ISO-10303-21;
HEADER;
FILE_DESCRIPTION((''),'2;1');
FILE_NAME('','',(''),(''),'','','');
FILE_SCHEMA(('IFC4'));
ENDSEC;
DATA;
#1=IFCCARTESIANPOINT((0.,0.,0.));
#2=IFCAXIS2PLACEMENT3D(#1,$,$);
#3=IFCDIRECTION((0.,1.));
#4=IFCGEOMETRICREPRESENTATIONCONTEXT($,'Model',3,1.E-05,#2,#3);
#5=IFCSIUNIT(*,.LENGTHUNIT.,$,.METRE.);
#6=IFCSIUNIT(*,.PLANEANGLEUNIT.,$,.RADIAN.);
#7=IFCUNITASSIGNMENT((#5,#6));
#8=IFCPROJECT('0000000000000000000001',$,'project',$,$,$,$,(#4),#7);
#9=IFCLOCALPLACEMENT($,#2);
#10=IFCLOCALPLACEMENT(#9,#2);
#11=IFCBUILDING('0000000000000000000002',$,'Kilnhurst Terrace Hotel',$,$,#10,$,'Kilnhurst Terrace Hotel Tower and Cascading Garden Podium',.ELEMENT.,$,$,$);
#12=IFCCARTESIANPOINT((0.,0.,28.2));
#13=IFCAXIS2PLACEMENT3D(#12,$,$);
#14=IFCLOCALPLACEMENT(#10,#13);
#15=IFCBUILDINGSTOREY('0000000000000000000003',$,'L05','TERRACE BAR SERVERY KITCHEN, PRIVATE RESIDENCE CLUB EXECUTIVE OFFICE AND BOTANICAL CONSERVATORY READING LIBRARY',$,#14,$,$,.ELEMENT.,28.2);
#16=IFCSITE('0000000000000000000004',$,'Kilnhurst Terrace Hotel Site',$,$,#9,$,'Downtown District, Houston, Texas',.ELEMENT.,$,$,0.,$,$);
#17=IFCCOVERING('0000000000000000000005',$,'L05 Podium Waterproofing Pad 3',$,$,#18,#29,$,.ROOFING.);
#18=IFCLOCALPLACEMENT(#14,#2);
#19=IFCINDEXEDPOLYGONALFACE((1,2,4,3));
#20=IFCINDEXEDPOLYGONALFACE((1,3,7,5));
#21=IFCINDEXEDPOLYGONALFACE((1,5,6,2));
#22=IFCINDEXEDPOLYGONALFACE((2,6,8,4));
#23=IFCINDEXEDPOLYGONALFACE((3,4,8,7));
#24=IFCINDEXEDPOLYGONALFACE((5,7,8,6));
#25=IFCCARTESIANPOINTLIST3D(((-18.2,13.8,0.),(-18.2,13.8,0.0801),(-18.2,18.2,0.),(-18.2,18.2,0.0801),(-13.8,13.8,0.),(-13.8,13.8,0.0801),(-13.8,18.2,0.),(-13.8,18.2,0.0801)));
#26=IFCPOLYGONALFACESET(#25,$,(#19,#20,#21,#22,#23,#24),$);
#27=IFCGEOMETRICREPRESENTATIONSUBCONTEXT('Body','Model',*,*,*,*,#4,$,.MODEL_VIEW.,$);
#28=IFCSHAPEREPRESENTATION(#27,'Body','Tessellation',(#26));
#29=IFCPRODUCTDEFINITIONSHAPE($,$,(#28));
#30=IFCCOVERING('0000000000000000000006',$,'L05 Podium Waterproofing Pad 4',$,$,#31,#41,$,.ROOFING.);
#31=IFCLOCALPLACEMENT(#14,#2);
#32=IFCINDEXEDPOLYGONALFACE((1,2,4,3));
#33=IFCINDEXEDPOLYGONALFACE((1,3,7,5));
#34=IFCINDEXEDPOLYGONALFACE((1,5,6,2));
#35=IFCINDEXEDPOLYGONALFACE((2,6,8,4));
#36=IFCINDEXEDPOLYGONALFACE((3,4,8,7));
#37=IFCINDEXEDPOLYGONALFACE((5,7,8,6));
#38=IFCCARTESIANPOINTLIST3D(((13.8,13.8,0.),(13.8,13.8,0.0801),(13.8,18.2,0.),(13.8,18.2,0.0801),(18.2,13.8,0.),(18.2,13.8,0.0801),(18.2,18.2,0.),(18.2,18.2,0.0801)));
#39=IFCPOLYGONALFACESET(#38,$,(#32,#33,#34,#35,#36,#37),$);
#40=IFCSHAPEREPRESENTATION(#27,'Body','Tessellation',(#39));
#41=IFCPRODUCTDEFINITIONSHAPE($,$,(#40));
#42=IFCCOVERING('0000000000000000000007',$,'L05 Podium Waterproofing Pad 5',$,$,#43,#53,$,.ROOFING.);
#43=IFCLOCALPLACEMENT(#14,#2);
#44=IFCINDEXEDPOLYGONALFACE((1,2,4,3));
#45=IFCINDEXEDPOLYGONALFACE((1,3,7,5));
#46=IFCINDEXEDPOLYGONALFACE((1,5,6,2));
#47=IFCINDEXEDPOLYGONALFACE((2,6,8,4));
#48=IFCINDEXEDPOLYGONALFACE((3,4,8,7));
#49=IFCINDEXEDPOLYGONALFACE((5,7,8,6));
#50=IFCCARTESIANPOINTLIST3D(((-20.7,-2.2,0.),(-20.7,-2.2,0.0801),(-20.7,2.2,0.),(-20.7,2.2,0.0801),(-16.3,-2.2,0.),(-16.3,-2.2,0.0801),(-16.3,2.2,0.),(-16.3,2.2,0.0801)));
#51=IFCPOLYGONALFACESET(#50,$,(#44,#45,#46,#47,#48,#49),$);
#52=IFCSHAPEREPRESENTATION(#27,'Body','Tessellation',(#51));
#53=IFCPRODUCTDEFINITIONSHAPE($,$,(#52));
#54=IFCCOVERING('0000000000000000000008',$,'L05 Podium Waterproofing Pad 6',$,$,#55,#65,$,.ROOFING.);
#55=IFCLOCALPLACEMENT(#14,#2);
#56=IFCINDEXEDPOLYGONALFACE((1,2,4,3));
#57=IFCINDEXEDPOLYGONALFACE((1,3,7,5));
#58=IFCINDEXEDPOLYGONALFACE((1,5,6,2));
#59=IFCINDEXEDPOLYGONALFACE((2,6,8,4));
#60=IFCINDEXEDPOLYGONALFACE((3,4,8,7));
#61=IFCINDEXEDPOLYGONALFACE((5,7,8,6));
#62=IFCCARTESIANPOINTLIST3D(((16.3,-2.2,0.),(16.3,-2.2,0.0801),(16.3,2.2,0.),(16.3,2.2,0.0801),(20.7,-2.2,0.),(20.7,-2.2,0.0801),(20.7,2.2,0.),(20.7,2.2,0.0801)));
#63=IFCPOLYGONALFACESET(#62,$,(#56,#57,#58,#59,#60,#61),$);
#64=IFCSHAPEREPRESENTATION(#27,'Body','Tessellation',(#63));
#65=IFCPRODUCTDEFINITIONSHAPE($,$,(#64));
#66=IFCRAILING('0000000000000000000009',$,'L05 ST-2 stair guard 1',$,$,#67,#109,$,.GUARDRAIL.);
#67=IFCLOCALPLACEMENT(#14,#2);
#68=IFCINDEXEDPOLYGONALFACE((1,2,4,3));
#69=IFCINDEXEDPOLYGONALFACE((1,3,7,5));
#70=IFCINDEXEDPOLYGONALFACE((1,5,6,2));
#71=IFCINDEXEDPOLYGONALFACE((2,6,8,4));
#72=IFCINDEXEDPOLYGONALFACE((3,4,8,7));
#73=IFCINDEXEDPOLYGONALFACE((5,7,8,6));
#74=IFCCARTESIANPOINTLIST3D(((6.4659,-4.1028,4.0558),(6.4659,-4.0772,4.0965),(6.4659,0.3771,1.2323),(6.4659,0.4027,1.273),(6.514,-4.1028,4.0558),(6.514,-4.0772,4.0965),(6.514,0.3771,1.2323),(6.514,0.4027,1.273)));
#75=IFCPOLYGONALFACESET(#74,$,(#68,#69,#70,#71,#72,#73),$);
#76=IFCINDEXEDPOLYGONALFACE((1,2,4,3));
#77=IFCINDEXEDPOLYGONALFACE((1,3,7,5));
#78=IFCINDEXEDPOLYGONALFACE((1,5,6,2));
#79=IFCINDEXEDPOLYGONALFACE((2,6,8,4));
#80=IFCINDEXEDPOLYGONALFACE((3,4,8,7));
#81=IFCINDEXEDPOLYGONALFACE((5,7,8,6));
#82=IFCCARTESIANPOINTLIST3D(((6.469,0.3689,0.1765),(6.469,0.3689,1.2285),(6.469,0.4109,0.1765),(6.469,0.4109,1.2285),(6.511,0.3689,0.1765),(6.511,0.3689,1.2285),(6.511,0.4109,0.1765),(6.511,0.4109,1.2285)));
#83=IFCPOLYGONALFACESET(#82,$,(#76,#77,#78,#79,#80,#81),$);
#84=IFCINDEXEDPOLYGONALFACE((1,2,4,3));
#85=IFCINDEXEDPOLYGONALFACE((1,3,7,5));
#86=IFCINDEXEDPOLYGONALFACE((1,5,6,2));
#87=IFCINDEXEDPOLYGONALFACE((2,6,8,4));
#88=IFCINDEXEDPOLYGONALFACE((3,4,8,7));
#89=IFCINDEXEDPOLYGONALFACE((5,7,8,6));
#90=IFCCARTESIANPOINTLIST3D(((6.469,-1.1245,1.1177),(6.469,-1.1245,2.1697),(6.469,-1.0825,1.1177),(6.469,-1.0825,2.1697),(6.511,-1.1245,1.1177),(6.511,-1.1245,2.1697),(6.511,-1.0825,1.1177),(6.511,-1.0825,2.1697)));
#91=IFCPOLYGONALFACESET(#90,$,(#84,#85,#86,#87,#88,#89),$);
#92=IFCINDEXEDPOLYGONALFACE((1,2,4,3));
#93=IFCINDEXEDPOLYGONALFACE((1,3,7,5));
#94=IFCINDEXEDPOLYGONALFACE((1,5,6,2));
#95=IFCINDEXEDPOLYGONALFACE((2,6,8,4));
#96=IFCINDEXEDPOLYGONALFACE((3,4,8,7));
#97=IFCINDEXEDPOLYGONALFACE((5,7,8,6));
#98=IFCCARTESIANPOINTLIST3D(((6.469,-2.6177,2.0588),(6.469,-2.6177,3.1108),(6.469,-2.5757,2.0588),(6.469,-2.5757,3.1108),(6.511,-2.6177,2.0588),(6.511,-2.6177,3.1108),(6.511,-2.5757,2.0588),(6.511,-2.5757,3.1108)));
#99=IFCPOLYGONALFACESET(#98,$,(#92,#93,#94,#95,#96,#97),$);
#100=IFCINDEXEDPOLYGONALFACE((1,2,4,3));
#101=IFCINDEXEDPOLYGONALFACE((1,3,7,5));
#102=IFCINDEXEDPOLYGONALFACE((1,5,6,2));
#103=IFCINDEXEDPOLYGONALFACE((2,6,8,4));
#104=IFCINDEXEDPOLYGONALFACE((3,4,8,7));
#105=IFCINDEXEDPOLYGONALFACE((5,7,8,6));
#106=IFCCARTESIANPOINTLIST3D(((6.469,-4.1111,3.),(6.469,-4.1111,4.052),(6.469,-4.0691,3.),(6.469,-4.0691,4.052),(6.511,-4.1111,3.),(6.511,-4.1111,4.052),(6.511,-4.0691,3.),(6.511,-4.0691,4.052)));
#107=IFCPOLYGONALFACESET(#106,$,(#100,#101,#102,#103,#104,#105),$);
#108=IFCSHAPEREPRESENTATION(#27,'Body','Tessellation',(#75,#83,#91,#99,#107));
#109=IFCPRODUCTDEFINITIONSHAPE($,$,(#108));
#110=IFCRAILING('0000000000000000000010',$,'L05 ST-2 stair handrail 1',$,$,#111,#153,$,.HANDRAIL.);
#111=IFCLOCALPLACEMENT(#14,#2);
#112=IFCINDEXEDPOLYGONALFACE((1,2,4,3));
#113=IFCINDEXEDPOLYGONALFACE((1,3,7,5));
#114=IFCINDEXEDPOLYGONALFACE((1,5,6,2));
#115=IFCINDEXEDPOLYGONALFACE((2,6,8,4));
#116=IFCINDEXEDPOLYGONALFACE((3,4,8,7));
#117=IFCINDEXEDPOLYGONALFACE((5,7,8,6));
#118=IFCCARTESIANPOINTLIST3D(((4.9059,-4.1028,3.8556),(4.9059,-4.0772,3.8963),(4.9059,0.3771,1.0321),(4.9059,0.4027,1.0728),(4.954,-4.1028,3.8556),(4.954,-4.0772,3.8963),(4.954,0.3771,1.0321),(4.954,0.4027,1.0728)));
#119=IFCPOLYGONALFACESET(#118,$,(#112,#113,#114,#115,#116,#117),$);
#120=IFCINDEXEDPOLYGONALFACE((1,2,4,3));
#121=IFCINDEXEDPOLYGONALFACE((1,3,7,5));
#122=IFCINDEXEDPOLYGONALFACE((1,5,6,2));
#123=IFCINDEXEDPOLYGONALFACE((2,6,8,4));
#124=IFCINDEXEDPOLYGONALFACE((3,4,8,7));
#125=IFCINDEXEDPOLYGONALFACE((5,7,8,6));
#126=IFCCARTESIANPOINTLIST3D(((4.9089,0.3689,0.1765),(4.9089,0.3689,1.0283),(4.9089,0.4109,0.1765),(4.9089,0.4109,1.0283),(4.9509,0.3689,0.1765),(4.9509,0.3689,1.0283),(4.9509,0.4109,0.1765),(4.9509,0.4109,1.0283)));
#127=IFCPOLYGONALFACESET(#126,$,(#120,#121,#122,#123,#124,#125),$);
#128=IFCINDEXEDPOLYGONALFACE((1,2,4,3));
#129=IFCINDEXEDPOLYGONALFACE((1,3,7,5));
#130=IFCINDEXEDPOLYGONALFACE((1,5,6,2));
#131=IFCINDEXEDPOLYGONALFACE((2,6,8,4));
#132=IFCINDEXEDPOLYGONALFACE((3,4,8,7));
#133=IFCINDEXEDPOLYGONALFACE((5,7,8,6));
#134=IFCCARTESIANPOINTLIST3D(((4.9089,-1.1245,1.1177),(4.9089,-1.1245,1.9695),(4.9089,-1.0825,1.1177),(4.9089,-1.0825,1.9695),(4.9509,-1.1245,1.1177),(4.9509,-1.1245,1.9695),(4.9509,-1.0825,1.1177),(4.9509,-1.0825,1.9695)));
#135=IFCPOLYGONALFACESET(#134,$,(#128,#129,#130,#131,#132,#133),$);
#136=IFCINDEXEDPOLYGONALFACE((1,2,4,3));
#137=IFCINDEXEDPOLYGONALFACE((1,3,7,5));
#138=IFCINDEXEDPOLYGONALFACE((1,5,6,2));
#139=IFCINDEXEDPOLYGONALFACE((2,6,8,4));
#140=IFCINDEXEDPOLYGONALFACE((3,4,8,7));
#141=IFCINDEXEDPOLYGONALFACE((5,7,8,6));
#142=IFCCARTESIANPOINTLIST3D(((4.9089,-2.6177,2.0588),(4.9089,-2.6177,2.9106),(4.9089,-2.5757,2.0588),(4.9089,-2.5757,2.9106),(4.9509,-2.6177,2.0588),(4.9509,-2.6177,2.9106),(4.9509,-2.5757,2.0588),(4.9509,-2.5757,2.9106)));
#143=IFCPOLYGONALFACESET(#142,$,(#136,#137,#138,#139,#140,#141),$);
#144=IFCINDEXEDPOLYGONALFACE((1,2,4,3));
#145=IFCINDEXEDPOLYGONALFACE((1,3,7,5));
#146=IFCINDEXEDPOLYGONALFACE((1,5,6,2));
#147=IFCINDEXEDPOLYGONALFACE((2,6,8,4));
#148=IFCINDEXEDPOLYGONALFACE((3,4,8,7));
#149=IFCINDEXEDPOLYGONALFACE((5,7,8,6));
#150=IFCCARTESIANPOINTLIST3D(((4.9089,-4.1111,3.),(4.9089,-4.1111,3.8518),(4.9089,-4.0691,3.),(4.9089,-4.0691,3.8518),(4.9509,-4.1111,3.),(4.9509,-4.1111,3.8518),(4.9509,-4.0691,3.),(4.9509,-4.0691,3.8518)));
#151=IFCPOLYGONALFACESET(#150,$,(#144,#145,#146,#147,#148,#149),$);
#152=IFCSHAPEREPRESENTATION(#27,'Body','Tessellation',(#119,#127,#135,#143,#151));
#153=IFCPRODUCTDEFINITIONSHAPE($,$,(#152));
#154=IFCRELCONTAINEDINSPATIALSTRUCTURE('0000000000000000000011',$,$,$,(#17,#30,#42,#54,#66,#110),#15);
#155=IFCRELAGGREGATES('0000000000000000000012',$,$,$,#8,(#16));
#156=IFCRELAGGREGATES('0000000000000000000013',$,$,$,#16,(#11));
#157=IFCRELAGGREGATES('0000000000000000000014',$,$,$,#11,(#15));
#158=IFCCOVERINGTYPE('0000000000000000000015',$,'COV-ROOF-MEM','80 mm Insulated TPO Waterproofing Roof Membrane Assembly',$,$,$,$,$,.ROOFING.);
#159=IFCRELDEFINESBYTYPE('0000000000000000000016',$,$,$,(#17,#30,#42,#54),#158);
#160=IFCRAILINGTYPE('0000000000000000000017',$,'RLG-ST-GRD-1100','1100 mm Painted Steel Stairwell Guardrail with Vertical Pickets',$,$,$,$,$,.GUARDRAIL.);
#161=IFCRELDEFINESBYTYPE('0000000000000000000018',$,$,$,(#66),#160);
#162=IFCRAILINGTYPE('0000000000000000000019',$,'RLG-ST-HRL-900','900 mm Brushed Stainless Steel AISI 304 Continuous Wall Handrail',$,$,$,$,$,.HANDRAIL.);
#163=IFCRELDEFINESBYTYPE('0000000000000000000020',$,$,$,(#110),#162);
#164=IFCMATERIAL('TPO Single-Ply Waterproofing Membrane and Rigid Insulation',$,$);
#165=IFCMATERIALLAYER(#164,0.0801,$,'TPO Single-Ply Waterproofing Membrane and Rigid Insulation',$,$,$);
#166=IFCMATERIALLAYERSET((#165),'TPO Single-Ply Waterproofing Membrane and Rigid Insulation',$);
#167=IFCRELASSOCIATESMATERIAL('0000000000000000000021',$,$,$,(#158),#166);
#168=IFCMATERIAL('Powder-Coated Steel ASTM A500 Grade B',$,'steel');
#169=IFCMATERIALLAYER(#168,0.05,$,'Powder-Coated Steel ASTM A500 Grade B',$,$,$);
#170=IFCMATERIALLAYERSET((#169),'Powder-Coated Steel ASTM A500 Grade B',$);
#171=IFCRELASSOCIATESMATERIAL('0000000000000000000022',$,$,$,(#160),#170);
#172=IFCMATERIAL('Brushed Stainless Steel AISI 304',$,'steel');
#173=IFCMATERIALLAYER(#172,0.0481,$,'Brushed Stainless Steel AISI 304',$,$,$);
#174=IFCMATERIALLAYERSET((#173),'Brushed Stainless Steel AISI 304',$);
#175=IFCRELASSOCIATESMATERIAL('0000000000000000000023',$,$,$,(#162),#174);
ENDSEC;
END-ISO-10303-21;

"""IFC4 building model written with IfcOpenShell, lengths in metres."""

from ifc_helpers import new_model, si_unit, direction, frame, origin, origin_2d, place, context, subcontext, project, spatial, polyline, rectangle, outline, extrude, material, layer, layer_set, type_object, element, save


model = new_model("IFC4")

# Units and contexts
model_context = context("Model", 3, precision=1e-05, world=origin(), true_north=direction((0.0, 1.0)))
body_context = subcontext(model_context, "Body", "Model", "MODEL_VIEW")
ifc_project = project(units=[si_unit("LENGTHUNIT", "METRE"), si_unit("PLANEANGLEUNIT", "RADIAN")], contexts=[model_context])

# Site, building, storey
site_placement = place(None, origin())
site = spatial("IfcSite", under=ifc_project, at=site_placement, Name="Kilnhurst Terrace Hotel Site", LongName="Downtown District, Houston, Texas", CompositionType="ELEMENT", RefElevation=0.0)
building_placement = place(site_placement, origin())
building = spatial("IfcBuilding", under=site, at=building_placement, Name="Kilnhurst Terrace Hotel", LongName="Kilnhurst Terrace Hotel Tower and Cascading Garden Podium", CompositionType="ELEMENT")
storey_placement = place(building_placement, frame((0.0, 0.0, 28.2)))
storey = spatial("IfcBuildingStorey", under=building, at=storey_placement, Name="L05", Description="TERRACE BAR SERVERY KITCHEN, PRIVATE RESIDENCE CLUB EXECUTIVE OFFICE AND BOTANICAL CONSERVATORY READING LIBRARY", CompositionType="ELEMENT", Elevation=28.2)

# Coverings
ifc_material_1 = material(Name="TPO Single-Ply Waterproofing Membrane and Rigid Insulation")
ifc_layer_1 = layer(ifc_material_1, 0.0801, Name="TPO Single-Ply Waterproofing Membrane and Rigid Insulation")
ifc_layer_set_1 = layer_set([ifc_layer_1], Name="TPO Single-Ply Waterproofing Membrane and Rigid Insulation")
covering_type_1 = type_object("IfcCoveringType", Name="COV-ROOF-MEM", Description="80 mm Insulated TPO Waterproofing Roof Membrane Assembly", PredefinedType="ROOFING", material=ifc_layer_set_1)
covering_1_placement = place(storey_placement, origin())
element("IfcCovering", 1, at=covering_1_placement, inside=storey, type_object=covering_type_1, Name="L05 Podium Waterproofing Pad 3", PredefinedType="ROOFING", context=body_context, shape_type="SweptSolid", body=[
    extrude(outline(polyline([(-18.2, 13.8), (-13.8, 13.8), (-13.8, 18.2), (-18.2, 18.2), (-18.2, 13.8)])), origin(), (0.0, 0.0, 1.0), 0.0801),
])
covering_2_placement = place(storey_placement, origin())
element("IfcCovering", 2, at=covering_2_placement, inside=storey, type_object=covering_type_1, Name="L05 Podium Waterproofing Pad 4", PredefinedType="ROOFING", context=body_context, shape_type="SweptSolid", body=[
    extrude(outline(polyline([(13.8, 13.8), (18.2, 13.8), (18.2, 18.2), (13.8, 18.2), (13.8, 13.8)])), origin(), (0.0, 0.0, 1.0), 0.0801),
])
covering_3_placement = place(storey_placement, origin())
element("IfcCovering", 3, at=covering_3_placement, inside=storey, type_object=covering_type_1, Name="L05 Podium Waterproofing Pad 5", PredefinedType="ROOFING", context=body_context, shape_type="SweptSolid", body=[
    extrude(outline(polyline([(-20.7, -2.2), (-16.3, -2.2), (-16.3, 2.2), (-20.7, 2.2), (-20.7, -2.2)])), origin(), (0.0, 0.0, 1.0), 0.0801),
])
covering_4_placement = place(storey_placement, origin())
element("IfcCovering", 4, at=covering_4_placement, inside=storey, type_object=covering_type_1, Name="L05 Podium Waterproofing Pad 6", PredefinedType="ROOFING", context=body_context, shape_type="SweptSolid", body=[
    extrude(outline(polyline([(16.3, -2.2), (20.7, -2.2), (20.7, 2.2), (16.3, 2.2), (16.3, -2.2)])), origin(), (0.0, 0.0, 1.0), 0.0801),
])

# Railings
ifc_material_2 = material(Name="Powder-Coated Steel ASTM A500 Grade B", Category="steel")
ifc_layer_2 = layer(ifc_material_2, 0.05, Name="Powder-Coated Steel ASTM A500 Grade B")
ifc_layer_set_2 = layer_set([ifc_layer_2], Name="Powder-Coated Steel ASTM A500 Grade B")
railing_type_1 = type_object("IfcRailingType", Name="RLG-ST-GRD-1100", Description="1100 mm Painted Steel Stairwell Guardrail with Vertical Pickets", PredefinedType="GUARDRAIL", material=ifc_layer_set_2)
railing_1_placement = place(storey_placement, frame((6.49, 0.3899, 0.1765)))
element("IfcRailing", 5, at=railing_1_placement, inside=storey, type_object=railing_type_1, Name="L05 ST-2 stair guard 1", PredefinedType="GUARDRAIL", context=body_context, shape_type="SweptSolid", body=[
    extrude(rectangle(XDim=0.0481, YDim=0.0481, at=origin_2d()), frame((0.0, 0.0, 1.0762), z_axis=(0.0, -0.845998, 0.533186), x_axis=(1.0, 0.0, 0.0)), (0.0, 0.0, 1.0), 5.2954),
    extrude(rectangle(XDim=0.042, YDim=0.042, at=origin_2d()), origin(), (0.0, 0.0, 1.0), 1.052),
    extrude(rectangle(XDim=0.042, YDim=0.042, at=origin_2d()), frame((0.0, -1.4934, 0.9412)), (0.0, 0.0, 1.0), 1.052),
    extrude(rectangle(XDim=0.042, YDim=0.042, at=origin_2d()), frame((0.0, -2.9866, 1.8823)), (0.0, 0.0, 1.0), 1.052),
    extrude(rectangle(XDim=0.042, YDim=0.042, at=origin_2d()), frame((0.0, -4.48, 2.8235)), (0.0, 0.0, 1.0), 1.052),
])
ifc_material_3 = material(Name="Brushed Stainless Steel AISI 304", Category="steel")
ifc_layer_3 = layer(ifc_material_3, 0.0481, Name="Brushed Stainless Steel AISI 304")
ifc_layer_set_3 = layer_set([ifc_layer_3], Name="Brushed Stainless Steel AISI 304")
railing_type_2 = type_object("IfcRailingType", Name="RLG-ST-HRL-900", Description="900 mm Brushed Stainless Steel AISI 304 Continuous Wall Handrail", PredefinedType="HANDRAIL", material=ifc_layer_set_3)
railing_2_placement = place(storey_placement, frame((4.9299, 0.3899, 0.1765)))
element("IfcRailing", 6, at=railing_2_placement, inside=storey, type_object=railing_type_2, Name="L05 ST-2 stair handrail 1", PredefinedType="HANDRAIL", context=body_context, shape_type="SweptSolid", body=[
    extrude(rectangle(XDim=0.0481, YDim=0.0481, at=origin_2d()), frame((0.0, 0.0, 0.876), z_axis=(0.0, -0.845998, 0.533186), x_axis=(1.0, 0.0, 0.0)), (0.0, 0.0, 1.0), 5.2954),
    extrude(rectangle(XDim=0.042, YDim=0.042, at=origin_2d()), origin(), (0.0, 0.0, 1.0), 0.8518),
    extrude(rectangle(XDim=0.042, YDim=0.042, at=origin_2d()), frame((0.0, -1.4934, 0.9412)), (0.0, 0.0, 1.0), 0.8518),
    extrude(rectangle(XDim=0.042, YDim=0.042, at=origin_2d()), frame((0.0, -2.9866, 1.8823)), (0.0, 0.0, 1.0), 0.8518),
    extrude(rectangle(XDim=0.042, YDim=0.042, at=origin_2d()), frame((0.0, -4.48, 2.8235)), (0.0, 0.0, 1.0), 0.8518),
])

save(model, "model.ifc")
